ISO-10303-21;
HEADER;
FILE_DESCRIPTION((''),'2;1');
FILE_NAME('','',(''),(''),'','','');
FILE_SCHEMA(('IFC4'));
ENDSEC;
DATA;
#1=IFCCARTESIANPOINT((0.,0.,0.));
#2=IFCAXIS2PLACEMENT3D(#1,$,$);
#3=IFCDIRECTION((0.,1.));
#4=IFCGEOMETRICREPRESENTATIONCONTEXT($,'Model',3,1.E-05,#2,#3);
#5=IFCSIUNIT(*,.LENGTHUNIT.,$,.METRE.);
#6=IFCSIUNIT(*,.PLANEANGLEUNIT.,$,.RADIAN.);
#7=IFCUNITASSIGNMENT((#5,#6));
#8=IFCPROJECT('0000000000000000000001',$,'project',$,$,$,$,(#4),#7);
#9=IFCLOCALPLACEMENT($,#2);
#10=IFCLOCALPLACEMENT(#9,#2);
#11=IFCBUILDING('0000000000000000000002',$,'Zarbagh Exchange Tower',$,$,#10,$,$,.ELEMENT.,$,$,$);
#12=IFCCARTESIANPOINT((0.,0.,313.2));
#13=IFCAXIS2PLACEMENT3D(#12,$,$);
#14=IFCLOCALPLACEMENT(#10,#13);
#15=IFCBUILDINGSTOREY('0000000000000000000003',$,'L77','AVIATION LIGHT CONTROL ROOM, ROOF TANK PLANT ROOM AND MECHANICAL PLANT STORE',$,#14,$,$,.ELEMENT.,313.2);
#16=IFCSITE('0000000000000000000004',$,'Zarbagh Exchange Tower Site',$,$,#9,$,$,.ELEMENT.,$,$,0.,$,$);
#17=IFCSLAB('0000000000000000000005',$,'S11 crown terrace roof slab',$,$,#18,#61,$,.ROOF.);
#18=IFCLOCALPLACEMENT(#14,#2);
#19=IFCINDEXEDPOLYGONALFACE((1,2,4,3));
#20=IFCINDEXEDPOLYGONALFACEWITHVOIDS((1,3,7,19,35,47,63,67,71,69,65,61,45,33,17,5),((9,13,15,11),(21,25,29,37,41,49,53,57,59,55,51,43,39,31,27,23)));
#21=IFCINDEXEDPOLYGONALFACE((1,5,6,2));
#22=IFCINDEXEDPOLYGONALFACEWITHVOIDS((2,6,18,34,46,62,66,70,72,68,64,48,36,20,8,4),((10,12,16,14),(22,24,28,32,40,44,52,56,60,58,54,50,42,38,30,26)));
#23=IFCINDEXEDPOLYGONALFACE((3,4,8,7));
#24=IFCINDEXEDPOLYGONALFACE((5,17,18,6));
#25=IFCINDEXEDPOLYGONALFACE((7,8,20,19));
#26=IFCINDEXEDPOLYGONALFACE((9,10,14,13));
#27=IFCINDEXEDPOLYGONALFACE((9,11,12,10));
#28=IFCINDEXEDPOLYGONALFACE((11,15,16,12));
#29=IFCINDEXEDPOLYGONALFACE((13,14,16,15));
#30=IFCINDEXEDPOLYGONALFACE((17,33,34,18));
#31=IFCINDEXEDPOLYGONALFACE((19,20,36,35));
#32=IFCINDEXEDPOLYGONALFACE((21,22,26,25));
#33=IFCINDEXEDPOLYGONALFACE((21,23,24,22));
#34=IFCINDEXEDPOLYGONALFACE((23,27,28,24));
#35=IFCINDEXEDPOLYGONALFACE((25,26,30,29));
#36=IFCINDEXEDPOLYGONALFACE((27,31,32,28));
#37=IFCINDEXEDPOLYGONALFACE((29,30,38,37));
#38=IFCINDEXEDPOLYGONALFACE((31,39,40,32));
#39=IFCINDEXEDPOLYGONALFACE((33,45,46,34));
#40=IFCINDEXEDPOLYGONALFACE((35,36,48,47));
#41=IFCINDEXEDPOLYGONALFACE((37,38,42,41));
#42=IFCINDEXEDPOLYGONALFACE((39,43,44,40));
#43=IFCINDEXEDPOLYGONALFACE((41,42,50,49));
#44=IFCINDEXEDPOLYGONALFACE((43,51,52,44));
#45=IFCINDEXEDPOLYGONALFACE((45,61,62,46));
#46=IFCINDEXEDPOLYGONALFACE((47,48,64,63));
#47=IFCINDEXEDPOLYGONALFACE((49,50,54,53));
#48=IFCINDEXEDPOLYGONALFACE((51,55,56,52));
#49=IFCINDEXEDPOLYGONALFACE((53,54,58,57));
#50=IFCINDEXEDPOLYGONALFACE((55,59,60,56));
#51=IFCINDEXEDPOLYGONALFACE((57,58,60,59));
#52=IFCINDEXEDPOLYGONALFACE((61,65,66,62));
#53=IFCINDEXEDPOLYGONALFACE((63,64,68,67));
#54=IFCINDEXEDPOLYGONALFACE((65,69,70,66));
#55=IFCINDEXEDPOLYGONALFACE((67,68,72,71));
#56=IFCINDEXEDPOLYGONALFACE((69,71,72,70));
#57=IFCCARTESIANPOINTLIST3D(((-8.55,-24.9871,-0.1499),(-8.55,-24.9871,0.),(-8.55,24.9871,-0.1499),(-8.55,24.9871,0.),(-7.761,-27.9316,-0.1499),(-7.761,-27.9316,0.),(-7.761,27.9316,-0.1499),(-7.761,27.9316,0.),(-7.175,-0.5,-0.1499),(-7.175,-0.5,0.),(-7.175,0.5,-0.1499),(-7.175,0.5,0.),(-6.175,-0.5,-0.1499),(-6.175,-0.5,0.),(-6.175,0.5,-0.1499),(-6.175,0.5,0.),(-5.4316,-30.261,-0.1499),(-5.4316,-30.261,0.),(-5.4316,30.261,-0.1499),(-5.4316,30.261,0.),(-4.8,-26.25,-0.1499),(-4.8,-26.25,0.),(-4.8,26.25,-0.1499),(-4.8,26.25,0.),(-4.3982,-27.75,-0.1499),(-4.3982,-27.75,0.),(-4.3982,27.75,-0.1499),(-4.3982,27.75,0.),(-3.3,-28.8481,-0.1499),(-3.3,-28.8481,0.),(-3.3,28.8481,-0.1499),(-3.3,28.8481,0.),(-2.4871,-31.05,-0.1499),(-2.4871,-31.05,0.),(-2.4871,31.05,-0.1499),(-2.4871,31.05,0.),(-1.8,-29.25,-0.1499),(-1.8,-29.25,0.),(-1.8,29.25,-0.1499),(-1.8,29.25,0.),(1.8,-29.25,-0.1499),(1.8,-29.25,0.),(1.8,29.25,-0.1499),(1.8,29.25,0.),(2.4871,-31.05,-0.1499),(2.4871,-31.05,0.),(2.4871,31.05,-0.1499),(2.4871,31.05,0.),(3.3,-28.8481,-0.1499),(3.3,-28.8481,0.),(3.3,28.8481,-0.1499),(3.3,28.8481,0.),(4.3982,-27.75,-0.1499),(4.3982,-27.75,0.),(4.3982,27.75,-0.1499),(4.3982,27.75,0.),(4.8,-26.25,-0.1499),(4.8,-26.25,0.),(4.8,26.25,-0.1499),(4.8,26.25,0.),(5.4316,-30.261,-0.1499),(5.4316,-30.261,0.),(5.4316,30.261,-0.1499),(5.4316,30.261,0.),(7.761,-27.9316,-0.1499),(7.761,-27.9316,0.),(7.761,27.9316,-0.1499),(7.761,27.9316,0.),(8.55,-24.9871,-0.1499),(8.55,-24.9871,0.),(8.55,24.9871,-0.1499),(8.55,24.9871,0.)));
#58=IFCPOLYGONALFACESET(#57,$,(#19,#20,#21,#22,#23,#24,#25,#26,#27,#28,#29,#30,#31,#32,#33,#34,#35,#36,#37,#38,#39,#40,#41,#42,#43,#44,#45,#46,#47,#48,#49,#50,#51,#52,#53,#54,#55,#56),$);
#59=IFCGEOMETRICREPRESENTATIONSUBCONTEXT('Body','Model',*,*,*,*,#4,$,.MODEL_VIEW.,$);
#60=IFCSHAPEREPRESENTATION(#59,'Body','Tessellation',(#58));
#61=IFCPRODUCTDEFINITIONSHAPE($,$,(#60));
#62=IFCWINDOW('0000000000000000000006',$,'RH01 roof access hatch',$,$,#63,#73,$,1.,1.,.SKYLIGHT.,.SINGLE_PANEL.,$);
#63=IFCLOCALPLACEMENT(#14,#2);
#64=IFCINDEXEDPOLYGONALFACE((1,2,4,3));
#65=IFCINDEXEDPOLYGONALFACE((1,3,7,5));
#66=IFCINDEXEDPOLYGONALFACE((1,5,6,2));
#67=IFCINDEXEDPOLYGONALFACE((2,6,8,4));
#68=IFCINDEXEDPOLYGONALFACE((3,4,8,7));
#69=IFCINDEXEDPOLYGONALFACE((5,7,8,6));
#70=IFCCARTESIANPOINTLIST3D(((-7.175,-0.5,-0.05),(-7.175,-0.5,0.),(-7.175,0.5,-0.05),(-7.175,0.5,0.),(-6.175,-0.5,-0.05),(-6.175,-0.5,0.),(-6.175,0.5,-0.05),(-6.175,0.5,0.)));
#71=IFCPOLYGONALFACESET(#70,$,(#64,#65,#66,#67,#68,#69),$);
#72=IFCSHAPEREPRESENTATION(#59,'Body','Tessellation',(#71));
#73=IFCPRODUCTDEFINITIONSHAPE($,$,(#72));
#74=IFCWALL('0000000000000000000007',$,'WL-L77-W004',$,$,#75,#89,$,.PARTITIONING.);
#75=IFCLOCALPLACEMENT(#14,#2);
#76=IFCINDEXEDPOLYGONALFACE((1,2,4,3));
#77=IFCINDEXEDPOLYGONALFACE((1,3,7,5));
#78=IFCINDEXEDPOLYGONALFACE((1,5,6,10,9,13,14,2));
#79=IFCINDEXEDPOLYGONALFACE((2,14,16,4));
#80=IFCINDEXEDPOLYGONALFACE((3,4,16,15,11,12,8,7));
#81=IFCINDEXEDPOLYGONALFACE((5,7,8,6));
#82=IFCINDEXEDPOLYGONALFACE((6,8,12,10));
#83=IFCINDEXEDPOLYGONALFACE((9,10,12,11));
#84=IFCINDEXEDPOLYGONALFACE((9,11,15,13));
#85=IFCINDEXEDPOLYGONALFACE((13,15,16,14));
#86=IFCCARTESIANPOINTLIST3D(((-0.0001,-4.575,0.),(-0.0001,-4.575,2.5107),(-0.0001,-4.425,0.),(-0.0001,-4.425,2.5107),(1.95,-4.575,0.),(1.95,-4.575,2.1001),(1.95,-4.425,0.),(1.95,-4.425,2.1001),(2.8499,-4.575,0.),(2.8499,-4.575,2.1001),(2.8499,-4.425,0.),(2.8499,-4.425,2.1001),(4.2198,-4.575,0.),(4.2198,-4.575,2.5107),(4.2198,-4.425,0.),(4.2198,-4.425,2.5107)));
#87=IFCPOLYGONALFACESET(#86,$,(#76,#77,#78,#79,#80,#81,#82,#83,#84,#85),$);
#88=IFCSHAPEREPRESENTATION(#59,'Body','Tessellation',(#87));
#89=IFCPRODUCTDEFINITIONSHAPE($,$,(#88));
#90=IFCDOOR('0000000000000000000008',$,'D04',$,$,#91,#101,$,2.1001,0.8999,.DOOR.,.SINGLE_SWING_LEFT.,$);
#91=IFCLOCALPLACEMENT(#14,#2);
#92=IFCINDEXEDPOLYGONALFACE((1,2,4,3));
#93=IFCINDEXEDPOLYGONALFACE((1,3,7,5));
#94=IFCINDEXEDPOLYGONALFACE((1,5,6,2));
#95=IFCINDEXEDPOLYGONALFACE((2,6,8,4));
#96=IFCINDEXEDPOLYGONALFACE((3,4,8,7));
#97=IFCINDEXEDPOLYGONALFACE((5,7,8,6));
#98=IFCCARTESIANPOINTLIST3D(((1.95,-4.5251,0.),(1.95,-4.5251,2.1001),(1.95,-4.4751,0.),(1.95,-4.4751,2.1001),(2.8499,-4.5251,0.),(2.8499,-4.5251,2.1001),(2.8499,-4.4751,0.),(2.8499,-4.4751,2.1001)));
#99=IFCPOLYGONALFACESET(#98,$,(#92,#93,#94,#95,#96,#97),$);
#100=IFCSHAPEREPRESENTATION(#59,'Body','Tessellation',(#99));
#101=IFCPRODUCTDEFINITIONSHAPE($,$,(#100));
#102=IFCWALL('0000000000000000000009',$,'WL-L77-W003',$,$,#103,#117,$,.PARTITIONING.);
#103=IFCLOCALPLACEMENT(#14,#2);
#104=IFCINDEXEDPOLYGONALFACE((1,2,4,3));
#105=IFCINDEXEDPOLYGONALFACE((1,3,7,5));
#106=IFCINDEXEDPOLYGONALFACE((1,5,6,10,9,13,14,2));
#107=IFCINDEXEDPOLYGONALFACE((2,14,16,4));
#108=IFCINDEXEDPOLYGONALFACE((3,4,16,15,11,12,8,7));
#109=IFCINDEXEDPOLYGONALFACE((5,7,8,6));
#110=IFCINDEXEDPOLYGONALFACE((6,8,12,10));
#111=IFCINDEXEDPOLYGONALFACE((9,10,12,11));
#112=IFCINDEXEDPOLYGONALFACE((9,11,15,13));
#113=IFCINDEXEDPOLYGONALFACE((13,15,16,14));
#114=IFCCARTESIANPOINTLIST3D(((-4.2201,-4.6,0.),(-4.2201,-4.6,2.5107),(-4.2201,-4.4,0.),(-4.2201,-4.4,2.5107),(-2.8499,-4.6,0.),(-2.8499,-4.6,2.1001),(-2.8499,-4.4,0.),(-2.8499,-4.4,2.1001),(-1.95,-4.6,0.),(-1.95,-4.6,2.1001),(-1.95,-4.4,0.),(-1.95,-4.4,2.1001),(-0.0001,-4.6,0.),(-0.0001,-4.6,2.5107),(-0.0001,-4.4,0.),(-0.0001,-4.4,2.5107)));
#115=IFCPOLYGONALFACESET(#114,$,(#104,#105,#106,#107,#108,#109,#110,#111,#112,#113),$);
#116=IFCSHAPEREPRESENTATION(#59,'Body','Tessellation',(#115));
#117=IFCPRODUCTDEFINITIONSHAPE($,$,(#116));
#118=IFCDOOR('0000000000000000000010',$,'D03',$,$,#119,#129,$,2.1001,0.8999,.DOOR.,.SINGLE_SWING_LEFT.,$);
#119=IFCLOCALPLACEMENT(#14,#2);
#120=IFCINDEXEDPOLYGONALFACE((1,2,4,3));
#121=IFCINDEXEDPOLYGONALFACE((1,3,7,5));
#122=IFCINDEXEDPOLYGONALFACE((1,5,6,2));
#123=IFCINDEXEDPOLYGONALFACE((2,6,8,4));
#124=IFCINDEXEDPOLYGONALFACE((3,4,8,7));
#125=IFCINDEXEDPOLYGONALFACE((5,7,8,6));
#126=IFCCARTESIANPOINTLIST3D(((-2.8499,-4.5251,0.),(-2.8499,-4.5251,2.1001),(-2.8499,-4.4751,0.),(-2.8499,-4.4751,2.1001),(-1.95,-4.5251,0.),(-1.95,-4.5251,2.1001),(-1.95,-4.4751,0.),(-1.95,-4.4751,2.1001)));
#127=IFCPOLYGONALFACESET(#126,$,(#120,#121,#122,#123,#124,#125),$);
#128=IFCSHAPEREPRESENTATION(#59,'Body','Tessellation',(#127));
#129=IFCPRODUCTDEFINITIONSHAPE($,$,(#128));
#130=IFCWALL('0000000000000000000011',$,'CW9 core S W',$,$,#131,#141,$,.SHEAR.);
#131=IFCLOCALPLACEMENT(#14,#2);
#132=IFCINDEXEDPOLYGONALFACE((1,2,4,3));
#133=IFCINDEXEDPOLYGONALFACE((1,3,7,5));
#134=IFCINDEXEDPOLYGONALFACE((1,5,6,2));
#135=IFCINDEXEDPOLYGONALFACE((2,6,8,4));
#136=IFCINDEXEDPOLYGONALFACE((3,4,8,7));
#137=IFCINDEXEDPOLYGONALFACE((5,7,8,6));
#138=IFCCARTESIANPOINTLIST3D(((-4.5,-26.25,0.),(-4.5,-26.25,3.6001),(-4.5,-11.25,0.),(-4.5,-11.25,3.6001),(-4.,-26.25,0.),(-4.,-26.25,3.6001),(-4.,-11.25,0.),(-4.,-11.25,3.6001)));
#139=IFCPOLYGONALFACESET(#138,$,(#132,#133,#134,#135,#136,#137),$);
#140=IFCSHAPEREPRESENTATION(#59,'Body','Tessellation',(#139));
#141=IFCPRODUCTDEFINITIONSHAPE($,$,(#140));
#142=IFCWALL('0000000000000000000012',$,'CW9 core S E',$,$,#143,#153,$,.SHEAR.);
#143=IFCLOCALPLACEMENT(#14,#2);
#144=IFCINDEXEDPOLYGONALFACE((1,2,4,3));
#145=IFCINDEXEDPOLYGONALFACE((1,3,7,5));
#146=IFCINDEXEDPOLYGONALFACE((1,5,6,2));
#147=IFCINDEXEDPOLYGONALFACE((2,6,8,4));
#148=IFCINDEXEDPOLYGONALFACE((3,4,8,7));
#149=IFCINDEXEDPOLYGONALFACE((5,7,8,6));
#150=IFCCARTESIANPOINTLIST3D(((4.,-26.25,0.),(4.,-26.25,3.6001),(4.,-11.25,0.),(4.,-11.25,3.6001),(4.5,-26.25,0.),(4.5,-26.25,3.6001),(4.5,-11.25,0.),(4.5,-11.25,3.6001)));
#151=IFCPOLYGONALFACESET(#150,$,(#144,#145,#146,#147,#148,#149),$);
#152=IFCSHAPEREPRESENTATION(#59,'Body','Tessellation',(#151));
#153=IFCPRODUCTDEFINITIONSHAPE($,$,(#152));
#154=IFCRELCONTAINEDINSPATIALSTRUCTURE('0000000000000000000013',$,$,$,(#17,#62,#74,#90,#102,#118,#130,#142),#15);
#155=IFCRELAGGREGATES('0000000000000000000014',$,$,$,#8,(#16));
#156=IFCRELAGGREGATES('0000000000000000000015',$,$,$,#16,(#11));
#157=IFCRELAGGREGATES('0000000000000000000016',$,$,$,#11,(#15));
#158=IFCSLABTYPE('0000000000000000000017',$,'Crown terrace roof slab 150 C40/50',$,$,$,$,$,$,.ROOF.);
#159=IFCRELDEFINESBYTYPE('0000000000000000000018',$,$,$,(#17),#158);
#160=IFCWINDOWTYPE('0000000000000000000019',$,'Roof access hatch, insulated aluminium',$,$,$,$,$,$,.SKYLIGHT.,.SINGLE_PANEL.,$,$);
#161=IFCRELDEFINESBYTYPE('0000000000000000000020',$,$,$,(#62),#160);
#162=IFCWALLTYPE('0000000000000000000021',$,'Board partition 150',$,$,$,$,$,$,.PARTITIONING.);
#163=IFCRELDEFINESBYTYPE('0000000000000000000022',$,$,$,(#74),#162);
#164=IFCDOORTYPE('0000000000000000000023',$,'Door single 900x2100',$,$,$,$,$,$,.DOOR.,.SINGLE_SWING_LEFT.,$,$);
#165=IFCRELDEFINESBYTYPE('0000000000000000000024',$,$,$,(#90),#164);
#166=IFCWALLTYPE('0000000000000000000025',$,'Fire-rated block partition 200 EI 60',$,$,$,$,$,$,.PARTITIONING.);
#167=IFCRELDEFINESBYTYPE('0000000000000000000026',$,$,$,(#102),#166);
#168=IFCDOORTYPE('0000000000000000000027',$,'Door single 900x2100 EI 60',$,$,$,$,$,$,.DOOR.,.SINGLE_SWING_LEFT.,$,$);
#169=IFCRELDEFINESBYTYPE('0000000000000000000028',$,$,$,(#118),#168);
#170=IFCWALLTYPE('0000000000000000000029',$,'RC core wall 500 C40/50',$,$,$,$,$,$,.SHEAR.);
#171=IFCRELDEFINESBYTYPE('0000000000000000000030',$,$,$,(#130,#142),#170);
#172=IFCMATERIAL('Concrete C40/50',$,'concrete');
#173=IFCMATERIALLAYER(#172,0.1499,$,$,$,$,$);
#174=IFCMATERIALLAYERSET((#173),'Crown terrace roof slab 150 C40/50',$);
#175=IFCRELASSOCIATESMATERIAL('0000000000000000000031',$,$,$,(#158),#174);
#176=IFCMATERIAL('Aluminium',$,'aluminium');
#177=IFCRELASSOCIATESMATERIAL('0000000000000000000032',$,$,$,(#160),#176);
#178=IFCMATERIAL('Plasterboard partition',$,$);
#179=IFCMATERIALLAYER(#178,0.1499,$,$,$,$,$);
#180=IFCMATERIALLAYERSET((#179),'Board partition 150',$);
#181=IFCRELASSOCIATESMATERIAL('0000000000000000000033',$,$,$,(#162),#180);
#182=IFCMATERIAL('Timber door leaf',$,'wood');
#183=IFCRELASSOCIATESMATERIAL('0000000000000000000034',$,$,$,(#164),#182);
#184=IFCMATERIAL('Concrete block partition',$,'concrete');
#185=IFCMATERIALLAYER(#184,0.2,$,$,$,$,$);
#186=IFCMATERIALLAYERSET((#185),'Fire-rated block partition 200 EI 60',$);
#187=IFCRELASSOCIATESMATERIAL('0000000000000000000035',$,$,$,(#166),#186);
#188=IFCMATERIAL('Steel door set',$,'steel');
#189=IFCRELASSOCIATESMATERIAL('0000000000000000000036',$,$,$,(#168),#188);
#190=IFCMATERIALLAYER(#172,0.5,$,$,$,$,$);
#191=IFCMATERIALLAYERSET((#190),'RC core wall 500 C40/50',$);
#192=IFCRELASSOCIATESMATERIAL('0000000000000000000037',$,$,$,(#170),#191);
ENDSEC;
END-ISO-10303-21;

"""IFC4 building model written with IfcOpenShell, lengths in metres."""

from ifc_helpers import new_model, si_unit, direction, frame, frame_2d, origin, origin_2d, place, context, subcontext, project, spatial, polyline, rectangle, outline, extrude, material, layer, layer_set, type_object, element, fill, save


model = new_model("IFC4")

# Units and contexts
model_context = context("Model", 3, precision=1e-05, world=origin(), true_north=direction((0.0, 1.0)))
body_context = subcontext(model_context, "Body", "Model", "MODEL_VIEW")
ifc_project = project(units=[si_unit("LENGTHUNIT", "METRE"), si_unit("PLANEANGLEUNIT", "RADIAN")], contexts=[model_context])

# Site, building, storey
site_placement = place(None, origin())
site = spatial("IfcSite", under=ifc_project, at=site_placement, Name="Zarbagh Exchange Tower Site", CompositionType="ELEMENT", RefElevation=0.0)
building_placement = place(site_placement, origin())
building = spatial("IfcBuilding", under=site, at=building_placement, Name="Zarbagh Exchange Tower", CompositionType="ELEMENT")
storey_placement = place(building_placement, frame((0.0, 0.0, 313.2)))
storey = spatial("IfcBuildingStorey", under=building, at=storey_placement, Name="L77", Description="AVIATION LIGHT CONTROL ROOM, ROOF TANK PLANT ROOM AND MECHANICAL PLANT STORE", CompositionType="ELEMENT", Elevation=313.2)

# Shared definitions
ifc_material_1 = material(Name="Concrete C40/50", Category="concrete")

# Slab, opening, window
ifc_layer_1 = layer(ifc_material_1, 0.1499)
ifc_layer_set_1 = layer_set([ifc_layer_1], Name="Crown terrace roof slab 150 C40/50")
slab_type_1 = type_object("IfcSlabType", Name="Crown terrace roof slab 150 C40/50", PredefinedType="ROOF", material=ifc_layer_set_1)
slab_1_placement = place(storey_placement, frame((0.0, 0.0, -0.1499)))
slab_1 = element("IfcSlab", 1, at=slab_1_placement, inside=storey, type_object=slab_type_1, Name="S11 crown terrace roof slab", PredefinedType="ROOF", context=body_context, shape_type="SweptSolid", body=[
    extrude(outline(polyline([(-2.4871, -31.05), (-5.4316, -30.261), (-7.761, -27.9316), (-8.55, -24.9871), (-8.55, 24.9871), (-7.761, 27.9316), (-5.4316, 30.261), (-2.4871, 31.05), (2.4871, 31.05), (5.4316, 30.261), (7.761, 27.9316), (8.55, 24.9871), (8.55, -24.9871), (7.761, -27.9316), (5.4316, -30.261), (2.4871, -31.05), (-2.4871, -31.05)]), holes=[polyline([(3.3, -28.8481), (4.3982, -27.75), (4.8, -26.25), (4.8, 26.25), (4.3982, 27.75), (3.3, 28.8481), (1.8, 29.25), (-1.8, 29.25), (-3.3, 28.8481), (-4.3982, 27.75), (-4.8, 26.25), (-4.8, -26.25), (-4.3982, -27.75), (-3.3, -28.8481), (-1.8, -29.25), (1.8, -29.25), (3.3, -28.8481)])]), origin(), (0.0, 0.0, 1.0), 0.1499),
])
opening_1_placement = place(slab_1_placement, frame((-6.675, 0.0, 0.0)))
opening_1 = element("IfcOpeningElement", 2, at=opening_1_placement, cuts=slab_1, PredefinedType="OPENING", context=body_context, shape_type="SweptSolid", body=[
    extrude(rectangle(XDim=1.0, YDim=1.0, at=origin_2d()), frame((0.0, 0.0, -0.01)), (0.0, 0.0, 1.0), 0.1699),
])
ifc_material_2 = material(Name="Aluminium", Category="aluminium")
window_type = type_object("IfcWindowType", Name="Roof access hatch, insulated aluminium", PartitioningType="SINGLE_PANEL", PredefinedType="SKYLIGHT", material=ifc_material_2)
window_placement = place(opening_1_placement, frame((0.0, 0.0, 0.0999)))
window = element("IfcWindow", 3, at=window_placement, inside=storey, type_object=window_type, Name="RH01 roof access hatch", OverallHeight=1.0, OverallWidth=1.0, PartitioningType="SINGLE_PANEL", PredefinedType="SKYLIGHT", context=body_context, shape_type="SweptSolid", body=[
    extrude(rectangle(XDim=1.0, YDim=1.0, at=origin_2d()), origin(), (0.0, 0.0, 1.0), 0.05),
])
fill(opening_1, window)

# Walls, openings, doors
ifc_material_3 = material(Name="Plasterboard partition")
ifc_layer_2 = layer(ifc_material_3, 0.1499)
ifc_layer_set_2 = layer_set([ifc_layer_2], Name="Board partition 150")
wall_type_1 = type_object("IfcWallType", Name="Board partition 150", PredefinedType="PARTITIONING", material=ifc_layer_set_2)
wall_1_placement = place(storey_placement, frame((0.0, -4.5, 0.0), z_axis=(0.0, 0.0, 1.0), x_axis=(1.0, 0.0, 0.0)))
wall_1 = element("IfcWall", 4, at=wall_1_placement, inside=storey, type_object=wall_type_1, Name="WL-L77-W004", PredefinedType="PARTITIONING", context=body_context, shape_type="SweptSolid", body=[
    extrude(rectangle(XDim=4.22, YDim=0.1499, at=frame_2d((2.1099, 0.0))), origin(), (0.0, 0.0, 1.0), 2.5107),
])
opening_2_placement = place(wall_1_placement, frame((1.95, 0.0, 0.0)))
opening_2 = element("IfcOpeningElement", 5, at=opening_2_placement, cuts=wall_1, PredefinedType="OPENING", context=body_context, shape_type="SweptSolid", body=[
    extrude(rectangle(XDim=0.8999, YDim=2.1001, at=frame_2d((0.45, 1.05))), frame((0.0, 0.085, 0.0), z_axis=(0.0, -1.0, 0.0), x_axis=(1.0, 0.0, 0.0)), (0.0, 0.0, 1.0), 0.1699),
])
ifc_material_4 = material(Name="Timber door leaf", Category="wood")
door_type_1 = type_object("IfcDoorType", Name="Door single 900x2100", OperationType="SINGLE_SWING_LEFT", PredefinedType="DOOR", material=ifc_material_4)
door_1_placement = place(opening_2_placement, origin())
door_1 = element("IfcDoor", 6, at=door_1_placement, inside=storey, type_object=door_type_1, Name="D04", OperationType="SINGLE_SWING_LEFT", OverallHeight=2.1001, OverallWidth=0.8999, PredefinedType="DOOR", context=body_context, shape_type="SweptSolid", body=[
    extrude(rectangle(XDim=0.8999, YDim=2.1001, at=frame_2d((0.45, 1.05))), frame((0.0, 0.0249, 0.0), z_axis=(0.0, -1.0, 0.0), x_axis=(1.0, 0.0, 0.0)), (0.0, 0.0, 1.0), 0.05),
])
fill(opening_2, door_1)
ifc_material_5 = material(Name="Concrete block partition", Category="concrete")
ifc_layer_3 = layer(ifc_material_5, 0.2)
ifc_layer_set_3 = layer_set([ifc_layer_3], Name="Fire-rated block partition 200 EI 60")
wall_type_2 = type_object("IfcWallType", Name="Fire-rated block partition 200 EI 60", PredefinedType="PARTITIONING", material=ifc_layer_set_3)
wall_2_placement = place(storey_placement, frame((-4.22, -4.5, 0.0), z_axis=(0.0, 0.0, 1.0), x_axis=(1.0, 0.0, 0.0)))
wall_2 = element("IfcWall", 7, at=wall_2_placement, inside=storey, type_object=wall_type_2, Name="WL-L77-W003", PredefinedType="PARTITIONING", context=body_context, shape_type="SweptSolid", body=[
    extrude(rectangle(XDim=4.22, YDim=0.2, at=frame_2d((2.1099, 0.0))), origin(), (0.0, 0.0, 1.0), 2.5107),
])
opening_3_placement = place(wall_2_placement, frame((1.3701, 0.0, 0.0)))
opening_3 = element("IfcOpeningElement", 8, at=opening_3_placement, cuts=wall_2, PredefinedType="OPENING", context=body_context, shape_type="SweptSolid", body=[
    extrude(rectangle(XDim=0.8999, YDim=2.1001, at=frame_2d((0.45, 1.05))), frame((0.0, 0.1099, 0.0), z_axis=(0.0, -1.0, 0.0), x_axis=(1.0, 0.0, 0.0)), (0.0, 0.0, 1.0), 0.22),
])
ifc_material_6 = material(Name="Steel door set", Category="steel")
door_type_2 = type_object("IfcDoorType", Name="Door single 900x2100 EI 60", OperationType="SINGLE_SWING_LEFT", PredefinedType="DOOR", material=ifc_material_6)
door_2_placement = place(opening_3_placement, origin())
door_2 = element("IfcDoor", 9, at=door_2_placement, inside=storey, type_object=door_type_2, Name="D03", OperationType="SINGLE_SWING_LEFT", OverallHeight=2.1001, OverallWidth=0.8999, PredefinedType="DOOR", context=body_context, shape_type="SweptSolid", body=[
    extrude(rectangle(XDim=0.8999, YDim=2.1001, at=frame_2d((0.45, 1.05))), frame((0.0, 0.0249, 0.0), z_axis=(0.0, -1.0, 0.0), x_axis=(1.0, 0.0, 0.0)), (0.0, 0.0, 1.0), 0.05),
])
fill(opening_3, door_2)

# Walls
ifc_layer_4 = layer(ifc_material_1, 0.5)
ifc_layer_set_4 = layer_set([ifc_layer_4], Name="RC core wall 500 C40/50")
wall_type_3 = type_object("IfcWallType", Name="RC core wall 500 C40/50", PredefinedType="SHEAR", material=ifc_layer_set_4)
for number, where, z_axis, x_axis, name in (
    (10, (-4.25, -11.25, 0.0), (0.0, 0.0, 1.0), (0.0, -1.0, 0.0), "CW9 core S W"),
    (11, (4.25, -11.25, 0.0), (0.0, 0.0, 1.0), (0.0, -1.0, 0.0), "CW9 core S E"),
):
    element("IfcWall", number, at=place(storey_placement, frame(where, z_axis=z_axis, x_axis=x_axis)), inside=storey, type_object=wall_type_3, Name=name, PredefinedType="SHEAR", context=body_context, shape_type="SweptSolid", body=[
        extrude(rectangle(XDim=15.0, YDim=0.5, at=frame_2d((7.5, 0.0))), origin(), (0.0, 0.0, 1.0), 3.6001),
    ])

save(model, "model.ifc")
